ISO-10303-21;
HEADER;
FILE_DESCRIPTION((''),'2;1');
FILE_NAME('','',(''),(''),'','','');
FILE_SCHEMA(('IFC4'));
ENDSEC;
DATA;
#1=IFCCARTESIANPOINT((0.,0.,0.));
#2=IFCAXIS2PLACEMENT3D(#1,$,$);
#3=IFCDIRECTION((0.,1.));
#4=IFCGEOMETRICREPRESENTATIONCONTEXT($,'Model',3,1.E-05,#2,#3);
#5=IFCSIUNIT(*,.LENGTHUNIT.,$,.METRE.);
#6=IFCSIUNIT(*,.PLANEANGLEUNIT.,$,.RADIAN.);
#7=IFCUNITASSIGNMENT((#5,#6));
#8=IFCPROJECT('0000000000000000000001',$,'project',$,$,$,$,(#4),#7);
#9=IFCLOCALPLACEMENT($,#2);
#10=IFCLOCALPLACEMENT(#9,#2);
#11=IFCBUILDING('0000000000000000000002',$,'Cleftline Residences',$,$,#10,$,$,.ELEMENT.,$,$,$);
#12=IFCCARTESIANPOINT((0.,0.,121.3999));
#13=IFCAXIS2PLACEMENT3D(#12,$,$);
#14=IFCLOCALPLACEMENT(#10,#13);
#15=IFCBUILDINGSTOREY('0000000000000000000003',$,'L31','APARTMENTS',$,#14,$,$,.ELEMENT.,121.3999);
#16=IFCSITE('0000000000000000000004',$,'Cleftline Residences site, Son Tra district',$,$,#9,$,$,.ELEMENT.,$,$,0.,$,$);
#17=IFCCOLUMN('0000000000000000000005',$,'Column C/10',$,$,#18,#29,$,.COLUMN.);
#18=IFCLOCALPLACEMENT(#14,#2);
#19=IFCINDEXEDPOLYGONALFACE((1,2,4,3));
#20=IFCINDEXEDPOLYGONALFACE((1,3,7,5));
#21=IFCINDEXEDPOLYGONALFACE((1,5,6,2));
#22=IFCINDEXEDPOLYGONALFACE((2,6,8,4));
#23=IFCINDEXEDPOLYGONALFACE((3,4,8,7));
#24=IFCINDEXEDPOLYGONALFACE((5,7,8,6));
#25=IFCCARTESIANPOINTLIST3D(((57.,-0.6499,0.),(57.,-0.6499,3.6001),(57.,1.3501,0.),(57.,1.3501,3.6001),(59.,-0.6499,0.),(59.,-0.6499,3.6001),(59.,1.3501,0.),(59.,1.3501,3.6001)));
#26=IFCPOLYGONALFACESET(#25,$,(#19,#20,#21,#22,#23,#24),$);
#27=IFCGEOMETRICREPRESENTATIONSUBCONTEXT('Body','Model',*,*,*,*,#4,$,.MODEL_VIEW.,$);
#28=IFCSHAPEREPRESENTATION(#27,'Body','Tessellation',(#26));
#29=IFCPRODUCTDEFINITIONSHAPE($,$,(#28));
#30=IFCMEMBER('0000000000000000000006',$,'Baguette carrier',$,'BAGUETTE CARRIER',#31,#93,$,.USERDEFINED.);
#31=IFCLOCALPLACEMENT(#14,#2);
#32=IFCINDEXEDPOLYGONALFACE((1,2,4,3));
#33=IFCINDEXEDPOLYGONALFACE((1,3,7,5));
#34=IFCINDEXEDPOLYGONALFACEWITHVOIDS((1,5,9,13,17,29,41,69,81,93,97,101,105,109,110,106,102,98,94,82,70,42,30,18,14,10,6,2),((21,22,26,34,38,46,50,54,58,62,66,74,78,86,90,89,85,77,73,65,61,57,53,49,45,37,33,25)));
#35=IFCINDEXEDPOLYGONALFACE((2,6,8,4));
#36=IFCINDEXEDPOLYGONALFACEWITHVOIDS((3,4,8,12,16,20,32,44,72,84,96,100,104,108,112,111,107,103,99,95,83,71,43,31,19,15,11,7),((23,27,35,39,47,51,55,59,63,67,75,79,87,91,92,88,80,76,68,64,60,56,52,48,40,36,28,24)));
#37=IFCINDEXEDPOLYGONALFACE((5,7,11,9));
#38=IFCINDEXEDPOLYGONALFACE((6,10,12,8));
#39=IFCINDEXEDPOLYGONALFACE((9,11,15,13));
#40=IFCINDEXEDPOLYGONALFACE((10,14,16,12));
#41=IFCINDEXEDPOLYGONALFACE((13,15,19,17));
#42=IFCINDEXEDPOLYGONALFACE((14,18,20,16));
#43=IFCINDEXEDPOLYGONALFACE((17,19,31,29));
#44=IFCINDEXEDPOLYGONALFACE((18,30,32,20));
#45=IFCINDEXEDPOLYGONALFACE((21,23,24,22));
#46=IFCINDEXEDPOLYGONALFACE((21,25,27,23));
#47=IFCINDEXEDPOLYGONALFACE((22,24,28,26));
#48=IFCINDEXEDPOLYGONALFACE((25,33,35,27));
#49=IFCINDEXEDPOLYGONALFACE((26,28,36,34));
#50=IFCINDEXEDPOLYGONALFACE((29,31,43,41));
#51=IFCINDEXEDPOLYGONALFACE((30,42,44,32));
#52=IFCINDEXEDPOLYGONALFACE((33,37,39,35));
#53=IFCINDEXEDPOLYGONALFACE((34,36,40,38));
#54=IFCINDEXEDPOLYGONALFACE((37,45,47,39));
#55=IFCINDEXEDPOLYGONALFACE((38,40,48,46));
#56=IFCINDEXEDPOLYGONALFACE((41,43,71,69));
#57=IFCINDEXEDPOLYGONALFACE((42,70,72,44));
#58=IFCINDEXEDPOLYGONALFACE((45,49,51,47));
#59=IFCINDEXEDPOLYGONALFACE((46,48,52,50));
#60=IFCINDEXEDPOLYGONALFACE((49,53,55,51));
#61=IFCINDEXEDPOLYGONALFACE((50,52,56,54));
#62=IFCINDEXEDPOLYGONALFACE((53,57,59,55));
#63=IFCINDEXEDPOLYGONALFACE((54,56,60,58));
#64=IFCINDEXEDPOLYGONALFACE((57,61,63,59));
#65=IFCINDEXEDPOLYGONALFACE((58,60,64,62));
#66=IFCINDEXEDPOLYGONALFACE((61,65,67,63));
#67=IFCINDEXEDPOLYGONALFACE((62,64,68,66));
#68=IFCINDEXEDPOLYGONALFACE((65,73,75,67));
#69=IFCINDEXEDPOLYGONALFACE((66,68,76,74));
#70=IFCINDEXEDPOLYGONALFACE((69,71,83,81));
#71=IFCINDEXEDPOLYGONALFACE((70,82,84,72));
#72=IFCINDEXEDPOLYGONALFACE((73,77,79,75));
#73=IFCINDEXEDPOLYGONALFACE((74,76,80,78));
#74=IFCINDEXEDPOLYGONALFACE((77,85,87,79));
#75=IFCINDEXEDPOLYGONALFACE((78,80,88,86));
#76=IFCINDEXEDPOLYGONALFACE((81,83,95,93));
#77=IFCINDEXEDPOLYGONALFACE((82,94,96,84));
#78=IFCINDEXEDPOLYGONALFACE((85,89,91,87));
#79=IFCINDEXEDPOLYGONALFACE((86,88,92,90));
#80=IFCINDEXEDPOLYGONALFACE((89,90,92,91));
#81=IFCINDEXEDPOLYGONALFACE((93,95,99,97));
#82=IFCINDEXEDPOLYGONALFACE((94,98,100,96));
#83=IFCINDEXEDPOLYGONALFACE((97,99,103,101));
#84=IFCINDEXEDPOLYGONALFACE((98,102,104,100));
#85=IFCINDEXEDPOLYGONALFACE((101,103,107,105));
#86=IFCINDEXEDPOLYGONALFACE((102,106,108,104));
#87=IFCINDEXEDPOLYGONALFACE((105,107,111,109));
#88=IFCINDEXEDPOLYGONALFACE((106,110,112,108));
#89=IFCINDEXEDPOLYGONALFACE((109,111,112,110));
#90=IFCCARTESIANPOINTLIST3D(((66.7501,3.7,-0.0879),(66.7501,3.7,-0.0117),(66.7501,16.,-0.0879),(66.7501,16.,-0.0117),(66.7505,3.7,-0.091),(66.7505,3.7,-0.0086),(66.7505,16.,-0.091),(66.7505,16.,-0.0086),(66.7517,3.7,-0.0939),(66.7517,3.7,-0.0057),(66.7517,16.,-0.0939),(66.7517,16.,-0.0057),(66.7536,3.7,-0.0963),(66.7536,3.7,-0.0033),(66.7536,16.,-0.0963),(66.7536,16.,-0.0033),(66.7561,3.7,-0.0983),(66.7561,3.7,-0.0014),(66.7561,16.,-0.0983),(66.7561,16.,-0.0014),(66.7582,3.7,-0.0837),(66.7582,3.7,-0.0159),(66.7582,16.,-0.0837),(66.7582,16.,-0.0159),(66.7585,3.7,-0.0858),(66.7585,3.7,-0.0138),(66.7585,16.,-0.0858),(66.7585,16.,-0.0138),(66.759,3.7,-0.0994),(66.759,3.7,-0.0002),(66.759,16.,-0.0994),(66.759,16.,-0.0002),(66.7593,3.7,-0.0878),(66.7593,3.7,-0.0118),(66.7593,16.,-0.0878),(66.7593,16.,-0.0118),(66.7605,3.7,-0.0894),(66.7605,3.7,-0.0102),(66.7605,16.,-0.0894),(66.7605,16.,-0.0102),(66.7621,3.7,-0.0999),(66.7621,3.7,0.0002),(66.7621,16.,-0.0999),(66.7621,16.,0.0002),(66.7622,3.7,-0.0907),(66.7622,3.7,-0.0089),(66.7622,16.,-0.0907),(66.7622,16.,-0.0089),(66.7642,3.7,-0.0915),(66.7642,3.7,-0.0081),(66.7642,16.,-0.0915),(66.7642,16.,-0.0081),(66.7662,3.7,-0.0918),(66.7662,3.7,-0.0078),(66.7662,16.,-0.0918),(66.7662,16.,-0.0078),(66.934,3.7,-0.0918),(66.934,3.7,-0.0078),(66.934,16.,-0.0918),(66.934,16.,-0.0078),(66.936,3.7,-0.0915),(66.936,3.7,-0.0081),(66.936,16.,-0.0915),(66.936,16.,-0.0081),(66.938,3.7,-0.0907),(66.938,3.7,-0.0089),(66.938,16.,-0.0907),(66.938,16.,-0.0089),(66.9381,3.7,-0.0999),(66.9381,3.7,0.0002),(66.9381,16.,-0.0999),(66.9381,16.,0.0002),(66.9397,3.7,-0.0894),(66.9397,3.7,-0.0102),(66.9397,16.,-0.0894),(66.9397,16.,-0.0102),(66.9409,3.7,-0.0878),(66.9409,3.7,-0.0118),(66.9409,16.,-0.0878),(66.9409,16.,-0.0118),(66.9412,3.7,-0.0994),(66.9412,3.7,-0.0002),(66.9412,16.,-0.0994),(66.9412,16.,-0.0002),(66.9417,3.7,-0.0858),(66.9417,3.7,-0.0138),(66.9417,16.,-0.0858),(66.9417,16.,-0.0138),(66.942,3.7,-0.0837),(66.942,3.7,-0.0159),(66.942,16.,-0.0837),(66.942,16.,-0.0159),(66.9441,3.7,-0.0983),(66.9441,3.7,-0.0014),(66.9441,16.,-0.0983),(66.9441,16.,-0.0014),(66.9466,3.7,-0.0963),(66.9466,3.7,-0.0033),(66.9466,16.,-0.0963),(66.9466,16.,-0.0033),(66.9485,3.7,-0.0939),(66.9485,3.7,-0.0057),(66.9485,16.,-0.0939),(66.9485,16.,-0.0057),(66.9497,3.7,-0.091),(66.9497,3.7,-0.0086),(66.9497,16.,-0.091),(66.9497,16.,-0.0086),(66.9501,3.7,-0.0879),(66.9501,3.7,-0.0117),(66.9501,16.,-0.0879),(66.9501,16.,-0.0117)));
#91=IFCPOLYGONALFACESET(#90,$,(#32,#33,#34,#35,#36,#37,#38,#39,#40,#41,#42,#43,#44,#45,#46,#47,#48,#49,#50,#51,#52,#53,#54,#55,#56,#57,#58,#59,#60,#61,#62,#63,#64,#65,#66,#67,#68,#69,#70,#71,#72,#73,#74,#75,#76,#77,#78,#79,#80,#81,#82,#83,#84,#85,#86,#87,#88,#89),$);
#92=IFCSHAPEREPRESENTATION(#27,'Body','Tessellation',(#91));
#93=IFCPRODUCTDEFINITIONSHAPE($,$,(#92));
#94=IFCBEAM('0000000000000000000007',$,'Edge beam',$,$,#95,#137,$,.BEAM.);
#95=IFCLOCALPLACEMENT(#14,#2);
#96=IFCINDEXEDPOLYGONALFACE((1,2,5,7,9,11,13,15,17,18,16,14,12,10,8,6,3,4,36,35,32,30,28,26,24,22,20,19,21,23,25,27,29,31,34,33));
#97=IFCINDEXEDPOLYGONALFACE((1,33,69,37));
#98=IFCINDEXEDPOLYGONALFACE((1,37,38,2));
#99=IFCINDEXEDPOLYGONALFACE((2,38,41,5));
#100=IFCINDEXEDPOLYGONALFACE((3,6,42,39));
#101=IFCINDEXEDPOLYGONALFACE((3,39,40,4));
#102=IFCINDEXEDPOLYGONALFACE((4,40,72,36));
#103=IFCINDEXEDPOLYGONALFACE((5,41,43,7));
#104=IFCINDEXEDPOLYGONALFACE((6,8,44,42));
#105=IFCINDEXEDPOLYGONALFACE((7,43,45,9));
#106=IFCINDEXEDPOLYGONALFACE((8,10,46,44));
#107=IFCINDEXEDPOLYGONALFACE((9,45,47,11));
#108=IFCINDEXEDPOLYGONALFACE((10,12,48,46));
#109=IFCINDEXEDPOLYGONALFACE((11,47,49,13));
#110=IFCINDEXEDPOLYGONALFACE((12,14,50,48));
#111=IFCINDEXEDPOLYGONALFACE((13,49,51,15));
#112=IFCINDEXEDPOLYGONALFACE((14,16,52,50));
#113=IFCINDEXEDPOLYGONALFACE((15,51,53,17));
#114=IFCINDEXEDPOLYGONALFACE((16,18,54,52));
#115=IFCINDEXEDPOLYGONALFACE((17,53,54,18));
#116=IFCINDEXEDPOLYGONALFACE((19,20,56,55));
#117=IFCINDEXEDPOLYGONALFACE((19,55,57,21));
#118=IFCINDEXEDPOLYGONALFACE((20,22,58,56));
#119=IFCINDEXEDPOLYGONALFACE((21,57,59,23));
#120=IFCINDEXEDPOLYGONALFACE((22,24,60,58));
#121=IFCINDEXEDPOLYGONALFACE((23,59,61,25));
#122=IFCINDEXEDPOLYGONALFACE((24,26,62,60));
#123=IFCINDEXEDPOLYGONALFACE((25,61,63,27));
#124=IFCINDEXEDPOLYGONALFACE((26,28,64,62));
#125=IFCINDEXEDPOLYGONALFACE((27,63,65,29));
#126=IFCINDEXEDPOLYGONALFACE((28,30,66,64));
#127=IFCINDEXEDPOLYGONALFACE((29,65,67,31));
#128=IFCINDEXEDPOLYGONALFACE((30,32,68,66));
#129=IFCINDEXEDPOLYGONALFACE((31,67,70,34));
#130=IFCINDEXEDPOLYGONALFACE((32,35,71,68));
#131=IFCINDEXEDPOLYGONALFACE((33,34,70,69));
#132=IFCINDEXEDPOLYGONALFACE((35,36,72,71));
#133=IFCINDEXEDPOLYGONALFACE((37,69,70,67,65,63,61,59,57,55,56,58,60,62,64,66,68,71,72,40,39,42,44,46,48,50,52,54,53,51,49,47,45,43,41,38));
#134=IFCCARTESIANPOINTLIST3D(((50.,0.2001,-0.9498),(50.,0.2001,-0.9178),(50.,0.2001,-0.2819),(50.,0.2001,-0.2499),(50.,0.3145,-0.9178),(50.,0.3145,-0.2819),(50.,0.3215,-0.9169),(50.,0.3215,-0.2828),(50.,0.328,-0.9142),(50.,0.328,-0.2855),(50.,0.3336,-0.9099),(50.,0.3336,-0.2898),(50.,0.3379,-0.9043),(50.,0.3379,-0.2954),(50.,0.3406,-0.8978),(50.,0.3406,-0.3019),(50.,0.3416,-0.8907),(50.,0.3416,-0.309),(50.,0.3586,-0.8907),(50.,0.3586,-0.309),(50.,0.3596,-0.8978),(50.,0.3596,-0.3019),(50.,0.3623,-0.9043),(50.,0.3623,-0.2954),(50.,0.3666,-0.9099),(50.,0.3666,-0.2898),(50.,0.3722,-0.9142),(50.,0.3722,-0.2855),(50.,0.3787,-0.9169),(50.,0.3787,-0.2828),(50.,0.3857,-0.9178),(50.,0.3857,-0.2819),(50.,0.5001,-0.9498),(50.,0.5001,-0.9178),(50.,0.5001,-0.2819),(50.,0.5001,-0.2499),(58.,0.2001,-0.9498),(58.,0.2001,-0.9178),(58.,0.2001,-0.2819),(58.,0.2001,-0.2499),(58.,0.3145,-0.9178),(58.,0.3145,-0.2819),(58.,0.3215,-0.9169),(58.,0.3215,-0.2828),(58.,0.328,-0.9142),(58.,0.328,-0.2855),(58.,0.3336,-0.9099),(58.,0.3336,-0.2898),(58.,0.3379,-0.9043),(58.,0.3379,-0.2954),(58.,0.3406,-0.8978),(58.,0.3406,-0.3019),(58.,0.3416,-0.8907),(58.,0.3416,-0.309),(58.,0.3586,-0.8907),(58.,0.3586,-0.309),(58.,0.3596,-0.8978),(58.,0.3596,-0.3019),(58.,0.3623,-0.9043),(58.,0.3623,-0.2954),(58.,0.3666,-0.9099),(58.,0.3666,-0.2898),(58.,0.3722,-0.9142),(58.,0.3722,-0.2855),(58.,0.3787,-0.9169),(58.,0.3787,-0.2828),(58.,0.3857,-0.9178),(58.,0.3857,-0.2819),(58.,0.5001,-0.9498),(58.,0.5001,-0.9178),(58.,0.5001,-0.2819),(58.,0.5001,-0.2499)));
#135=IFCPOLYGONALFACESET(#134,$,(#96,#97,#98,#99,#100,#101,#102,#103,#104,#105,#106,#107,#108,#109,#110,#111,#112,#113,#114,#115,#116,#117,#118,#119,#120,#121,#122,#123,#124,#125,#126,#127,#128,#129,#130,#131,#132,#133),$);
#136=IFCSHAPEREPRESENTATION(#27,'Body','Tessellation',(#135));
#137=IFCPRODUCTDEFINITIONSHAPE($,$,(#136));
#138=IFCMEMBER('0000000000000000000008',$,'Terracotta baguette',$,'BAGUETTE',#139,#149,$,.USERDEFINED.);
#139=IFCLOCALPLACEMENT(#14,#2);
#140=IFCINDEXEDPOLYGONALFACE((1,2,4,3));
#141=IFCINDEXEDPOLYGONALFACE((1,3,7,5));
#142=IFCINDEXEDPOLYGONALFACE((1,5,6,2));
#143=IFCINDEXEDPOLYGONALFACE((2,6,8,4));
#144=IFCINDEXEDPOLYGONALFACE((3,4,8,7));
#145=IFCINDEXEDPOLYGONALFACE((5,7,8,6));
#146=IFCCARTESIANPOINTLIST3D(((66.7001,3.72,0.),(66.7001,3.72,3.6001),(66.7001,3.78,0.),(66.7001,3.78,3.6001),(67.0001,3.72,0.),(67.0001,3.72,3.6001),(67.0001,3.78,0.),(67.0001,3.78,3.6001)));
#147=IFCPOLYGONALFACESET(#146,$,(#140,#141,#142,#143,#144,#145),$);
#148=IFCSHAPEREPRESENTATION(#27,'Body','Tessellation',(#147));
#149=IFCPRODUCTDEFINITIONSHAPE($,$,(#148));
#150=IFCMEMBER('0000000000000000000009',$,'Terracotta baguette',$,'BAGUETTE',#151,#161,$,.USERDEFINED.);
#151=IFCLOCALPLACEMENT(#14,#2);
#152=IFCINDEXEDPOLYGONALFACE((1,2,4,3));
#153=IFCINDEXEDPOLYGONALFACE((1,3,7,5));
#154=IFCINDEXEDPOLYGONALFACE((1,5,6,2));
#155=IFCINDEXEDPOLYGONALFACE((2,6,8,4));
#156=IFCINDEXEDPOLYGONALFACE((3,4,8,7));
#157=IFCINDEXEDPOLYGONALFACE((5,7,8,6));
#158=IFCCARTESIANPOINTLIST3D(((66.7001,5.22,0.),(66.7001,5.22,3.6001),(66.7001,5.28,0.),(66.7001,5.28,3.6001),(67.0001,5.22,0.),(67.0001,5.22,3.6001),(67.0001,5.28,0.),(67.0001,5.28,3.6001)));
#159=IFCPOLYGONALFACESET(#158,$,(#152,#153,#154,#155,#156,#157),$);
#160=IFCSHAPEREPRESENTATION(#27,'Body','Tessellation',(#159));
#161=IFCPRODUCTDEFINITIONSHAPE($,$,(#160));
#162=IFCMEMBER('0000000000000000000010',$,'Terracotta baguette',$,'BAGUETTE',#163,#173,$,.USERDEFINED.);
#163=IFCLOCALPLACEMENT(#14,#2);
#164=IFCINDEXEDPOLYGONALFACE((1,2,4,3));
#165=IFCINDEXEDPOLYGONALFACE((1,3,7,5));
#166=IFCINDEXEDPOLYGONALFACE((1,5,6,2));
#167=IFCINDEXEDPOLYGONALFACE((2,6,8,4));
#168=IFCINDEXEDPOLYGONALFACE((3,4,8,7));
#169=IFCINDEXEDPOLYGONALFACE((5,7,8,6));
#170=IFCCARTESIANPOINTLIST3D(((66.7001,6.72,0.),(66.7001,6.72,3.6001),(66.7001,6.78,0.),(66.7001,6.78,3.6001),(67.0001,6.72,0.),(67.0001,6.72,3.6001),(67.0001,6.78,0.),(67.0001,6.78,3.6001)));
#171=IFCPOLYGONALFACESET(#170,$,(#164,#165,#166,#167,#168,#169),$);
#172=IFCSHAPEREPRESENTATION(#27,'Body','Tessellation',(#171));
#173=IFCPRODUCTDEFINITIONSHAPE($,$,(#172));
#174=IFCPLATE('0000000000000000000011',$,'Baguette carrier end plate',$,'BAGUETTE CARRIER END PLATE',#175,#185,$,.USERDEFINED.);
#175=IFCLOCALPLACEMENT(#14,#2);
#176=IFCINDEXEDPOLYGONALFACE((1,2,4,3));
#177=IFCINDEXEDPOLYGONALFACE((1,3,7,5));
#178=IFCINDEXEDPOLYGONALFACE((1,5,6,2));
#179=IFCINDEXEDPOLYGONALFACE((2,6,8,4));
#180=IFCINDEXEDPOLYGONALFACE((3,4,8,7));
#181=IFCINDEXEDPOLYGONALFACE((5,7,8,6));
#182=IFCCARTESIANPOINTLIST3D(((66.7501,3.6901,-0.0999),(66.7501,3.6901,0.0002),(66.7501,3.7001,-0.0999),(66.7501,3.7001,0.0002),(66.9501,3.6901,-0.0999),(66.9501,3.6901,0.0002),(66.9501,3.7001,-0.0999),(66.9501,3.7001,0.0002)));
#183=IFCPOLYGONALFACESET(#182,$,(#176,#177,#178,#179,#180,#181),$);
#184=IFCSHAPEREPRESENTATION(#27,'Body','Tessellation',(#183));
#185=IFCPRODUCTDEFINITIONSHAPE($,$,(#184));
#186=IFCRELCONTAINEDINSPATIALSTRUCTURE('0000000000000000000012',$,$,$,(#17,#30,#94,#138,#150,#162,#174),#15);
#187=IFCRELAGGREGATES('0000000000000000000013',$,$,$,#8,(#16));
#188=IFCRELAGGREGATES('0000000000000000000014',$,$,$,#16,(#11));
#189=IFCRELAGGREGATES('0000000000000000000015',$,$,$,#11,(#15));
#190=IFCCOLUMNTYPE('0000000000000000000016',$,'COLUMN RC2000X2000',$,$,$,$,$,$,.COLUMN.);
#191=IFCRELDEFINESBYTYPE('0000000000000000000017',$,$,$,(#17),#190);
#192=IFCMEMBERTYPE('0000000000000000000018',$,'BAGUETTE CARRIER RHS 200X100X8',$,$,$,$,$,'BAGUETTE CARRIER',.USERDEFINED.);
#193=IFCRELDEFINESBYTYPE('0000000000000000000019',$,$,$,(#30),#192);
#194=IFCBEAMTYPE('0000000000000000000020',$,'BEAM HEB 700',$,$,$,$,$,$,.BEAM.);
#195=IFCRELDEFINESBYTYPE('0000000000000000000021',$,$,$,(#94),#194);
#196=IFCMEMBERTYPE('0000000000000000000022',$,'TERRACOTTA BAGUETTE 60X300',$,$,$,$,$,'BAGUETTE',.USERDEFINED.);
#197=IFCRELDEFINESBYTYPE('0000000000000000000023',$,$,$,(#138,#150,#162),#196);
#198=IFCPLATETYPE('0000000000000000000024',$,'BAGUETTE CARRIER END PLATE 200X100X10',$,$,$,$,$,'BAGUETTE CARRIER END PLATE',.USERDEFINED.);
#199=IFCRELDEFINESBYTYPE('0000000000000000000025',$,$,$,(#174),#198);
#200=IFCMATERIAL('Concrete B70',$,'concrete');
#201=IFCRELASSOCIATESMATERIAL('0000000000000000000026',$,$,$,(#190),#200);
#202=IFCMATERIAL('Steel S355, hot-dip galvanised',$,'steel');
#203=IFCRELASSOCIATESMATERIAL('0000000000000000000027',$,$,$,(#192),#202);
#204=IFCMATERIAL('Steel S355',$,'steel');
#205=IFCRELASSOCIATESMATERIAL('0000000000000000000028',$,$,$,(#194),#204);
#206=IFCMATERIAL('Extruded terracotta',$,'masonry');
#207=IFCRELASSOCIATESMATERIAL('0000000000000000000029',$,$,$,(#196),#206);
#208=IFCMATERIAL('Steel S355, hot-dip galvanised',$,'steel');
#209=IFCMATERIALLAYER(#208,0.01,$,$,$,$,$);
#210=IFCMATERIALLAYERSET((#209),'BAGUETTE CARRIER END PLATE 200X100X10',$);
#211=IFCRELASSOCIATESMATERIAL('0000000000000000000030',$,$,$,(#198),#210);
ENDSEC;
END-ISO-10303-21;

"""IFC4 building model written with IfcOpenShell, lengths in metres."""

from ifc_helpers import new_model, si_unit, direction, frame, origin, origin_2d, place, context, subcontext, project, spatial, rectangle, hollow_rectangle, i_section, extrude, material, layer, layer_set, material_profile, profile_set, type_object, element, save


model = new_model("IFC4")

# Units and contexts
model_context = context("Model", 3, precision=1e-05, world=origin(), true_north=direction((0.0, 1.0)))
body_context = subcontext(model_context, "Body", "Model", "MODEL_VIEW")
ifc_project = project(units=[si_unit("LENGTHUNIT", "METRE"), si_unit("PLANEANGLEUNIT", "RADIAN")], contexts=[model_context])

# Site, building, storey
site_placement = place(None, origin())
site = spatial("IfcSite", under=ifc_project, at=site_placement, Name="Cleftline Residences site, Son Tra district", CompositionType="ELEMENT", RefElevation=0.0)
building_placement = place(site_placement, origin())
building = spatial("IfcBuilding", under=site, at=building_placement, Name="Cleftline Residences", CompositionType="ELEMENT")
storey_placement = place(building_placement, frame((0.0, 0.0, 121.3999)))
storey = spatial("IfcBuildingStorey", under=building, at=storey_placement, Name="L31", Description="APARTMENTS", CompositionType="ELEMENT", Elevation=121.3999)

# Column
ifc_material_1 = material(Name="Concrete B70", Category="concrete")
ifc_material_profile_1 = material_profile(ifc_material_1, rectangle(XDim=2.0, YDim=2.0, at=origin_2d()))
ifc_profile_set_1 = profile_set([ifc_material_profile_1], Name="Concrete B70")
column_type = type_object("IfcColumnType", Name="COLUMN RC2000X2000", PredefinedType="COLUMN", material=ifc_profile_set_1)
column_placement = place(storey_placement, frame((58.0, 0.3501, 0.0), z_axis=(0.0, 0.0, 1.0), x_axis=(1.0, 0.0, 0.0)))
element("IfcColumn", 1, at=column_placement, inside=storey, type_object=column_type, Name="Column C/10", PredefinedType="COLUMN", context=body_context, shape_type="SweptSolid", body=[
    extrude(rectangle(XDim=2.0, YDim=2.0, at=origin_2d()), origin(), (0.0, 0.0, 1.0), 3.6001),
])

# Member
ifc_material_2 = material(Name="Steel S355, hot-dip galvanised", Category="steel")
ifc_material_profile_2 = material_profile(ifc_material_2, hollow_rectangle(XDim=0.1001, YDim=0.2, WallThickness=0.0081, InnerFilletRadius=0.0081, OuterFilletRadius=0.012, at=origin_2d()))
ifc_profile_set_2 = profile_set([ifc_material_profile_2], Name="Steel S355, hot-dip galvanised")
member_type_1 = type_object("IfcMemberType", Name="BAGUETTE CARRIER RHS 200X100X8", ElementType="BAGUETTE CARRIER", PredefinedType="USERDEFINED", material=ifc_profile_set_2)
member_placement = place(storey_placement, frame((66.8501, 3.7, -0.0498), z_axis=(0.0, 1.0, 0.0), x_axis=(0.0, 0.0, 1.0)))
element("IfcMember", 2, at=member_placement, inside=storey, type_object=member_type_1, Name="Baguette carrier", ObjectType="BAGUETTE CARRIER", PredefinedType="USERDEFINED", context=body_context, shape_type="SweptSolid", body=[
    extrude(hollow_rectangle(XDim=0.1001, YDim=0.2, WallThickness=0.0081, InnerFilletRadius=0.0081, OuterFilletRadius=0.012, at=origin_2d()), origin(), (0.0, 0.0, 1.0), 12.3),
])

# Beam
ifc_material_3 = material(Name="Steel S355", Category="steel")
ifc_material_profile_3 = material_profile(ifc_material_3, i_section(OverallWidth=0.3, OverallDepth=0.7, WebThickness=0.0171, FlangeThickness=0.032, FilletRadius=0.0271, at=origin_2d()))
ifc_profile_set_3 = profile_set([ifc_material_profile_3], Name="Steel S355")
beam_type = type_object("IfcBeamType", Name="BEAM HEB 700", PredefinedType="BEAM", material=ifc_profile_set_3)
beam_placement = place(storey_placement, frame((58.0, 0.3501, -0.5999), z_axis=(-1.0, 0.0, 0.0), x_axis=(0.0, -1.0, 0.0)))
element("IfcBeam", 3, at=beam_placement, inside=storey, type_object=beam_type, Name="Edge beam", PredefinedType="BEAM", context=body_context, shape_type="SweptSolid", body=[
    extrude(i_section(OverallWidth=0.3, OverallDepth=0.7, WebThickness=0.0171, FlangeThickness=0.032, FilletRadius=0.0271, at=origin_2d()), origin(), (0.0, 0.0, 1.0), 8.0),
])

# Members
ifc_material_4 = material(Name="Extruded terracotta", Category="masonry")
ifc_material_profile_4 = material_profile(ifc_material_4, rectangle(XDim=0.0601, YDim=0.3, at=origin_2d()))
ifc_profile_set_4 = profile_set([ifc_material_profile_4], Name="Extruded terracotta")
member_type_2 = type_object("IfcMemberType", Name="TERRACOTTA BAGUETTE 60X300", ElementType="BAGUETTE", PredefinedType="USERDEFINED", material=ifc_profile_set_4)
for number, where, z_axis, x_axis, name in (
    (4, (66.8501, 3.75, 0.0), (0.0, 0.0, 1.0), (0.0, 1.0, 0.0), "Terracotta baguette"),
    (5, (66.8501, 5.25, 0.0), (0.0, 0.0, 1.0), (0.0, 1.0, 0.0), "Terracotta baguette"),
    (6, (66.8501, 6.75, 0.0), (0.0, 0.0, 1.0), (0.0, 1.0, 0.0), "Terracotta baguette"),
):
    element("IfcMember", number, at=place(storey_placement, frame(where, z_axis=z_axis, x_axis=x_axis)), inside=storey, type_object=member_type_2, Name=name, ObjectType="BAGUETTE", PredefinedType="USERDEFINED", context=body_context, shape_type="SweptSolid", body=[
        extrude(rectangle(XDim=0.0601, YDim=0.3, at=origin_2d()), origin(), (0.0, 0.0, 1.0), 3.6001),
    ])

# Plate
ifc_material_5 = material(Name="Steel S355, hot-dip galvanised", Category="steel")
ifc_layer_1 = layer(ifc_material_5, 0.01)
ifc_layer_set_1 = layer_set([ifc_layer_1], Name="BAGUETTE CARRIER END PLATE 200X100X10")
plate_type = type_object("IfcPlateType", Name="BAGUETTE CARRIER END PLATE 200X100X10", ElementType="BAGUETTE CARRIER END PLATE", PredefinedType="USERDEFINED", material=ifc_layer_set_1)
plate_placement = place(storey_placement, frame((66.8501, 3.6951, -0.0999), z_axis=(0.0, 0.0, 1.0), x_axis=(1.0, 0.0, 0.0)))
element("IfcPlate", 7, at=plate_placement, inside=storey, type_object=plate_type, Name="Baguette carrier end plate", ObjectType="BAGUETTE CARRIER END PLATE", PredefinedType="USERDEFINED", context=body_context, shape_type="SweptSolid", body=[
    extrude(rectangle(XDim=0.2, YDim=0.01, at=origin_2d()), origin(), (0.0, 0.0, 1.0), 0.1001),
])

save(model, "model.ifc")
